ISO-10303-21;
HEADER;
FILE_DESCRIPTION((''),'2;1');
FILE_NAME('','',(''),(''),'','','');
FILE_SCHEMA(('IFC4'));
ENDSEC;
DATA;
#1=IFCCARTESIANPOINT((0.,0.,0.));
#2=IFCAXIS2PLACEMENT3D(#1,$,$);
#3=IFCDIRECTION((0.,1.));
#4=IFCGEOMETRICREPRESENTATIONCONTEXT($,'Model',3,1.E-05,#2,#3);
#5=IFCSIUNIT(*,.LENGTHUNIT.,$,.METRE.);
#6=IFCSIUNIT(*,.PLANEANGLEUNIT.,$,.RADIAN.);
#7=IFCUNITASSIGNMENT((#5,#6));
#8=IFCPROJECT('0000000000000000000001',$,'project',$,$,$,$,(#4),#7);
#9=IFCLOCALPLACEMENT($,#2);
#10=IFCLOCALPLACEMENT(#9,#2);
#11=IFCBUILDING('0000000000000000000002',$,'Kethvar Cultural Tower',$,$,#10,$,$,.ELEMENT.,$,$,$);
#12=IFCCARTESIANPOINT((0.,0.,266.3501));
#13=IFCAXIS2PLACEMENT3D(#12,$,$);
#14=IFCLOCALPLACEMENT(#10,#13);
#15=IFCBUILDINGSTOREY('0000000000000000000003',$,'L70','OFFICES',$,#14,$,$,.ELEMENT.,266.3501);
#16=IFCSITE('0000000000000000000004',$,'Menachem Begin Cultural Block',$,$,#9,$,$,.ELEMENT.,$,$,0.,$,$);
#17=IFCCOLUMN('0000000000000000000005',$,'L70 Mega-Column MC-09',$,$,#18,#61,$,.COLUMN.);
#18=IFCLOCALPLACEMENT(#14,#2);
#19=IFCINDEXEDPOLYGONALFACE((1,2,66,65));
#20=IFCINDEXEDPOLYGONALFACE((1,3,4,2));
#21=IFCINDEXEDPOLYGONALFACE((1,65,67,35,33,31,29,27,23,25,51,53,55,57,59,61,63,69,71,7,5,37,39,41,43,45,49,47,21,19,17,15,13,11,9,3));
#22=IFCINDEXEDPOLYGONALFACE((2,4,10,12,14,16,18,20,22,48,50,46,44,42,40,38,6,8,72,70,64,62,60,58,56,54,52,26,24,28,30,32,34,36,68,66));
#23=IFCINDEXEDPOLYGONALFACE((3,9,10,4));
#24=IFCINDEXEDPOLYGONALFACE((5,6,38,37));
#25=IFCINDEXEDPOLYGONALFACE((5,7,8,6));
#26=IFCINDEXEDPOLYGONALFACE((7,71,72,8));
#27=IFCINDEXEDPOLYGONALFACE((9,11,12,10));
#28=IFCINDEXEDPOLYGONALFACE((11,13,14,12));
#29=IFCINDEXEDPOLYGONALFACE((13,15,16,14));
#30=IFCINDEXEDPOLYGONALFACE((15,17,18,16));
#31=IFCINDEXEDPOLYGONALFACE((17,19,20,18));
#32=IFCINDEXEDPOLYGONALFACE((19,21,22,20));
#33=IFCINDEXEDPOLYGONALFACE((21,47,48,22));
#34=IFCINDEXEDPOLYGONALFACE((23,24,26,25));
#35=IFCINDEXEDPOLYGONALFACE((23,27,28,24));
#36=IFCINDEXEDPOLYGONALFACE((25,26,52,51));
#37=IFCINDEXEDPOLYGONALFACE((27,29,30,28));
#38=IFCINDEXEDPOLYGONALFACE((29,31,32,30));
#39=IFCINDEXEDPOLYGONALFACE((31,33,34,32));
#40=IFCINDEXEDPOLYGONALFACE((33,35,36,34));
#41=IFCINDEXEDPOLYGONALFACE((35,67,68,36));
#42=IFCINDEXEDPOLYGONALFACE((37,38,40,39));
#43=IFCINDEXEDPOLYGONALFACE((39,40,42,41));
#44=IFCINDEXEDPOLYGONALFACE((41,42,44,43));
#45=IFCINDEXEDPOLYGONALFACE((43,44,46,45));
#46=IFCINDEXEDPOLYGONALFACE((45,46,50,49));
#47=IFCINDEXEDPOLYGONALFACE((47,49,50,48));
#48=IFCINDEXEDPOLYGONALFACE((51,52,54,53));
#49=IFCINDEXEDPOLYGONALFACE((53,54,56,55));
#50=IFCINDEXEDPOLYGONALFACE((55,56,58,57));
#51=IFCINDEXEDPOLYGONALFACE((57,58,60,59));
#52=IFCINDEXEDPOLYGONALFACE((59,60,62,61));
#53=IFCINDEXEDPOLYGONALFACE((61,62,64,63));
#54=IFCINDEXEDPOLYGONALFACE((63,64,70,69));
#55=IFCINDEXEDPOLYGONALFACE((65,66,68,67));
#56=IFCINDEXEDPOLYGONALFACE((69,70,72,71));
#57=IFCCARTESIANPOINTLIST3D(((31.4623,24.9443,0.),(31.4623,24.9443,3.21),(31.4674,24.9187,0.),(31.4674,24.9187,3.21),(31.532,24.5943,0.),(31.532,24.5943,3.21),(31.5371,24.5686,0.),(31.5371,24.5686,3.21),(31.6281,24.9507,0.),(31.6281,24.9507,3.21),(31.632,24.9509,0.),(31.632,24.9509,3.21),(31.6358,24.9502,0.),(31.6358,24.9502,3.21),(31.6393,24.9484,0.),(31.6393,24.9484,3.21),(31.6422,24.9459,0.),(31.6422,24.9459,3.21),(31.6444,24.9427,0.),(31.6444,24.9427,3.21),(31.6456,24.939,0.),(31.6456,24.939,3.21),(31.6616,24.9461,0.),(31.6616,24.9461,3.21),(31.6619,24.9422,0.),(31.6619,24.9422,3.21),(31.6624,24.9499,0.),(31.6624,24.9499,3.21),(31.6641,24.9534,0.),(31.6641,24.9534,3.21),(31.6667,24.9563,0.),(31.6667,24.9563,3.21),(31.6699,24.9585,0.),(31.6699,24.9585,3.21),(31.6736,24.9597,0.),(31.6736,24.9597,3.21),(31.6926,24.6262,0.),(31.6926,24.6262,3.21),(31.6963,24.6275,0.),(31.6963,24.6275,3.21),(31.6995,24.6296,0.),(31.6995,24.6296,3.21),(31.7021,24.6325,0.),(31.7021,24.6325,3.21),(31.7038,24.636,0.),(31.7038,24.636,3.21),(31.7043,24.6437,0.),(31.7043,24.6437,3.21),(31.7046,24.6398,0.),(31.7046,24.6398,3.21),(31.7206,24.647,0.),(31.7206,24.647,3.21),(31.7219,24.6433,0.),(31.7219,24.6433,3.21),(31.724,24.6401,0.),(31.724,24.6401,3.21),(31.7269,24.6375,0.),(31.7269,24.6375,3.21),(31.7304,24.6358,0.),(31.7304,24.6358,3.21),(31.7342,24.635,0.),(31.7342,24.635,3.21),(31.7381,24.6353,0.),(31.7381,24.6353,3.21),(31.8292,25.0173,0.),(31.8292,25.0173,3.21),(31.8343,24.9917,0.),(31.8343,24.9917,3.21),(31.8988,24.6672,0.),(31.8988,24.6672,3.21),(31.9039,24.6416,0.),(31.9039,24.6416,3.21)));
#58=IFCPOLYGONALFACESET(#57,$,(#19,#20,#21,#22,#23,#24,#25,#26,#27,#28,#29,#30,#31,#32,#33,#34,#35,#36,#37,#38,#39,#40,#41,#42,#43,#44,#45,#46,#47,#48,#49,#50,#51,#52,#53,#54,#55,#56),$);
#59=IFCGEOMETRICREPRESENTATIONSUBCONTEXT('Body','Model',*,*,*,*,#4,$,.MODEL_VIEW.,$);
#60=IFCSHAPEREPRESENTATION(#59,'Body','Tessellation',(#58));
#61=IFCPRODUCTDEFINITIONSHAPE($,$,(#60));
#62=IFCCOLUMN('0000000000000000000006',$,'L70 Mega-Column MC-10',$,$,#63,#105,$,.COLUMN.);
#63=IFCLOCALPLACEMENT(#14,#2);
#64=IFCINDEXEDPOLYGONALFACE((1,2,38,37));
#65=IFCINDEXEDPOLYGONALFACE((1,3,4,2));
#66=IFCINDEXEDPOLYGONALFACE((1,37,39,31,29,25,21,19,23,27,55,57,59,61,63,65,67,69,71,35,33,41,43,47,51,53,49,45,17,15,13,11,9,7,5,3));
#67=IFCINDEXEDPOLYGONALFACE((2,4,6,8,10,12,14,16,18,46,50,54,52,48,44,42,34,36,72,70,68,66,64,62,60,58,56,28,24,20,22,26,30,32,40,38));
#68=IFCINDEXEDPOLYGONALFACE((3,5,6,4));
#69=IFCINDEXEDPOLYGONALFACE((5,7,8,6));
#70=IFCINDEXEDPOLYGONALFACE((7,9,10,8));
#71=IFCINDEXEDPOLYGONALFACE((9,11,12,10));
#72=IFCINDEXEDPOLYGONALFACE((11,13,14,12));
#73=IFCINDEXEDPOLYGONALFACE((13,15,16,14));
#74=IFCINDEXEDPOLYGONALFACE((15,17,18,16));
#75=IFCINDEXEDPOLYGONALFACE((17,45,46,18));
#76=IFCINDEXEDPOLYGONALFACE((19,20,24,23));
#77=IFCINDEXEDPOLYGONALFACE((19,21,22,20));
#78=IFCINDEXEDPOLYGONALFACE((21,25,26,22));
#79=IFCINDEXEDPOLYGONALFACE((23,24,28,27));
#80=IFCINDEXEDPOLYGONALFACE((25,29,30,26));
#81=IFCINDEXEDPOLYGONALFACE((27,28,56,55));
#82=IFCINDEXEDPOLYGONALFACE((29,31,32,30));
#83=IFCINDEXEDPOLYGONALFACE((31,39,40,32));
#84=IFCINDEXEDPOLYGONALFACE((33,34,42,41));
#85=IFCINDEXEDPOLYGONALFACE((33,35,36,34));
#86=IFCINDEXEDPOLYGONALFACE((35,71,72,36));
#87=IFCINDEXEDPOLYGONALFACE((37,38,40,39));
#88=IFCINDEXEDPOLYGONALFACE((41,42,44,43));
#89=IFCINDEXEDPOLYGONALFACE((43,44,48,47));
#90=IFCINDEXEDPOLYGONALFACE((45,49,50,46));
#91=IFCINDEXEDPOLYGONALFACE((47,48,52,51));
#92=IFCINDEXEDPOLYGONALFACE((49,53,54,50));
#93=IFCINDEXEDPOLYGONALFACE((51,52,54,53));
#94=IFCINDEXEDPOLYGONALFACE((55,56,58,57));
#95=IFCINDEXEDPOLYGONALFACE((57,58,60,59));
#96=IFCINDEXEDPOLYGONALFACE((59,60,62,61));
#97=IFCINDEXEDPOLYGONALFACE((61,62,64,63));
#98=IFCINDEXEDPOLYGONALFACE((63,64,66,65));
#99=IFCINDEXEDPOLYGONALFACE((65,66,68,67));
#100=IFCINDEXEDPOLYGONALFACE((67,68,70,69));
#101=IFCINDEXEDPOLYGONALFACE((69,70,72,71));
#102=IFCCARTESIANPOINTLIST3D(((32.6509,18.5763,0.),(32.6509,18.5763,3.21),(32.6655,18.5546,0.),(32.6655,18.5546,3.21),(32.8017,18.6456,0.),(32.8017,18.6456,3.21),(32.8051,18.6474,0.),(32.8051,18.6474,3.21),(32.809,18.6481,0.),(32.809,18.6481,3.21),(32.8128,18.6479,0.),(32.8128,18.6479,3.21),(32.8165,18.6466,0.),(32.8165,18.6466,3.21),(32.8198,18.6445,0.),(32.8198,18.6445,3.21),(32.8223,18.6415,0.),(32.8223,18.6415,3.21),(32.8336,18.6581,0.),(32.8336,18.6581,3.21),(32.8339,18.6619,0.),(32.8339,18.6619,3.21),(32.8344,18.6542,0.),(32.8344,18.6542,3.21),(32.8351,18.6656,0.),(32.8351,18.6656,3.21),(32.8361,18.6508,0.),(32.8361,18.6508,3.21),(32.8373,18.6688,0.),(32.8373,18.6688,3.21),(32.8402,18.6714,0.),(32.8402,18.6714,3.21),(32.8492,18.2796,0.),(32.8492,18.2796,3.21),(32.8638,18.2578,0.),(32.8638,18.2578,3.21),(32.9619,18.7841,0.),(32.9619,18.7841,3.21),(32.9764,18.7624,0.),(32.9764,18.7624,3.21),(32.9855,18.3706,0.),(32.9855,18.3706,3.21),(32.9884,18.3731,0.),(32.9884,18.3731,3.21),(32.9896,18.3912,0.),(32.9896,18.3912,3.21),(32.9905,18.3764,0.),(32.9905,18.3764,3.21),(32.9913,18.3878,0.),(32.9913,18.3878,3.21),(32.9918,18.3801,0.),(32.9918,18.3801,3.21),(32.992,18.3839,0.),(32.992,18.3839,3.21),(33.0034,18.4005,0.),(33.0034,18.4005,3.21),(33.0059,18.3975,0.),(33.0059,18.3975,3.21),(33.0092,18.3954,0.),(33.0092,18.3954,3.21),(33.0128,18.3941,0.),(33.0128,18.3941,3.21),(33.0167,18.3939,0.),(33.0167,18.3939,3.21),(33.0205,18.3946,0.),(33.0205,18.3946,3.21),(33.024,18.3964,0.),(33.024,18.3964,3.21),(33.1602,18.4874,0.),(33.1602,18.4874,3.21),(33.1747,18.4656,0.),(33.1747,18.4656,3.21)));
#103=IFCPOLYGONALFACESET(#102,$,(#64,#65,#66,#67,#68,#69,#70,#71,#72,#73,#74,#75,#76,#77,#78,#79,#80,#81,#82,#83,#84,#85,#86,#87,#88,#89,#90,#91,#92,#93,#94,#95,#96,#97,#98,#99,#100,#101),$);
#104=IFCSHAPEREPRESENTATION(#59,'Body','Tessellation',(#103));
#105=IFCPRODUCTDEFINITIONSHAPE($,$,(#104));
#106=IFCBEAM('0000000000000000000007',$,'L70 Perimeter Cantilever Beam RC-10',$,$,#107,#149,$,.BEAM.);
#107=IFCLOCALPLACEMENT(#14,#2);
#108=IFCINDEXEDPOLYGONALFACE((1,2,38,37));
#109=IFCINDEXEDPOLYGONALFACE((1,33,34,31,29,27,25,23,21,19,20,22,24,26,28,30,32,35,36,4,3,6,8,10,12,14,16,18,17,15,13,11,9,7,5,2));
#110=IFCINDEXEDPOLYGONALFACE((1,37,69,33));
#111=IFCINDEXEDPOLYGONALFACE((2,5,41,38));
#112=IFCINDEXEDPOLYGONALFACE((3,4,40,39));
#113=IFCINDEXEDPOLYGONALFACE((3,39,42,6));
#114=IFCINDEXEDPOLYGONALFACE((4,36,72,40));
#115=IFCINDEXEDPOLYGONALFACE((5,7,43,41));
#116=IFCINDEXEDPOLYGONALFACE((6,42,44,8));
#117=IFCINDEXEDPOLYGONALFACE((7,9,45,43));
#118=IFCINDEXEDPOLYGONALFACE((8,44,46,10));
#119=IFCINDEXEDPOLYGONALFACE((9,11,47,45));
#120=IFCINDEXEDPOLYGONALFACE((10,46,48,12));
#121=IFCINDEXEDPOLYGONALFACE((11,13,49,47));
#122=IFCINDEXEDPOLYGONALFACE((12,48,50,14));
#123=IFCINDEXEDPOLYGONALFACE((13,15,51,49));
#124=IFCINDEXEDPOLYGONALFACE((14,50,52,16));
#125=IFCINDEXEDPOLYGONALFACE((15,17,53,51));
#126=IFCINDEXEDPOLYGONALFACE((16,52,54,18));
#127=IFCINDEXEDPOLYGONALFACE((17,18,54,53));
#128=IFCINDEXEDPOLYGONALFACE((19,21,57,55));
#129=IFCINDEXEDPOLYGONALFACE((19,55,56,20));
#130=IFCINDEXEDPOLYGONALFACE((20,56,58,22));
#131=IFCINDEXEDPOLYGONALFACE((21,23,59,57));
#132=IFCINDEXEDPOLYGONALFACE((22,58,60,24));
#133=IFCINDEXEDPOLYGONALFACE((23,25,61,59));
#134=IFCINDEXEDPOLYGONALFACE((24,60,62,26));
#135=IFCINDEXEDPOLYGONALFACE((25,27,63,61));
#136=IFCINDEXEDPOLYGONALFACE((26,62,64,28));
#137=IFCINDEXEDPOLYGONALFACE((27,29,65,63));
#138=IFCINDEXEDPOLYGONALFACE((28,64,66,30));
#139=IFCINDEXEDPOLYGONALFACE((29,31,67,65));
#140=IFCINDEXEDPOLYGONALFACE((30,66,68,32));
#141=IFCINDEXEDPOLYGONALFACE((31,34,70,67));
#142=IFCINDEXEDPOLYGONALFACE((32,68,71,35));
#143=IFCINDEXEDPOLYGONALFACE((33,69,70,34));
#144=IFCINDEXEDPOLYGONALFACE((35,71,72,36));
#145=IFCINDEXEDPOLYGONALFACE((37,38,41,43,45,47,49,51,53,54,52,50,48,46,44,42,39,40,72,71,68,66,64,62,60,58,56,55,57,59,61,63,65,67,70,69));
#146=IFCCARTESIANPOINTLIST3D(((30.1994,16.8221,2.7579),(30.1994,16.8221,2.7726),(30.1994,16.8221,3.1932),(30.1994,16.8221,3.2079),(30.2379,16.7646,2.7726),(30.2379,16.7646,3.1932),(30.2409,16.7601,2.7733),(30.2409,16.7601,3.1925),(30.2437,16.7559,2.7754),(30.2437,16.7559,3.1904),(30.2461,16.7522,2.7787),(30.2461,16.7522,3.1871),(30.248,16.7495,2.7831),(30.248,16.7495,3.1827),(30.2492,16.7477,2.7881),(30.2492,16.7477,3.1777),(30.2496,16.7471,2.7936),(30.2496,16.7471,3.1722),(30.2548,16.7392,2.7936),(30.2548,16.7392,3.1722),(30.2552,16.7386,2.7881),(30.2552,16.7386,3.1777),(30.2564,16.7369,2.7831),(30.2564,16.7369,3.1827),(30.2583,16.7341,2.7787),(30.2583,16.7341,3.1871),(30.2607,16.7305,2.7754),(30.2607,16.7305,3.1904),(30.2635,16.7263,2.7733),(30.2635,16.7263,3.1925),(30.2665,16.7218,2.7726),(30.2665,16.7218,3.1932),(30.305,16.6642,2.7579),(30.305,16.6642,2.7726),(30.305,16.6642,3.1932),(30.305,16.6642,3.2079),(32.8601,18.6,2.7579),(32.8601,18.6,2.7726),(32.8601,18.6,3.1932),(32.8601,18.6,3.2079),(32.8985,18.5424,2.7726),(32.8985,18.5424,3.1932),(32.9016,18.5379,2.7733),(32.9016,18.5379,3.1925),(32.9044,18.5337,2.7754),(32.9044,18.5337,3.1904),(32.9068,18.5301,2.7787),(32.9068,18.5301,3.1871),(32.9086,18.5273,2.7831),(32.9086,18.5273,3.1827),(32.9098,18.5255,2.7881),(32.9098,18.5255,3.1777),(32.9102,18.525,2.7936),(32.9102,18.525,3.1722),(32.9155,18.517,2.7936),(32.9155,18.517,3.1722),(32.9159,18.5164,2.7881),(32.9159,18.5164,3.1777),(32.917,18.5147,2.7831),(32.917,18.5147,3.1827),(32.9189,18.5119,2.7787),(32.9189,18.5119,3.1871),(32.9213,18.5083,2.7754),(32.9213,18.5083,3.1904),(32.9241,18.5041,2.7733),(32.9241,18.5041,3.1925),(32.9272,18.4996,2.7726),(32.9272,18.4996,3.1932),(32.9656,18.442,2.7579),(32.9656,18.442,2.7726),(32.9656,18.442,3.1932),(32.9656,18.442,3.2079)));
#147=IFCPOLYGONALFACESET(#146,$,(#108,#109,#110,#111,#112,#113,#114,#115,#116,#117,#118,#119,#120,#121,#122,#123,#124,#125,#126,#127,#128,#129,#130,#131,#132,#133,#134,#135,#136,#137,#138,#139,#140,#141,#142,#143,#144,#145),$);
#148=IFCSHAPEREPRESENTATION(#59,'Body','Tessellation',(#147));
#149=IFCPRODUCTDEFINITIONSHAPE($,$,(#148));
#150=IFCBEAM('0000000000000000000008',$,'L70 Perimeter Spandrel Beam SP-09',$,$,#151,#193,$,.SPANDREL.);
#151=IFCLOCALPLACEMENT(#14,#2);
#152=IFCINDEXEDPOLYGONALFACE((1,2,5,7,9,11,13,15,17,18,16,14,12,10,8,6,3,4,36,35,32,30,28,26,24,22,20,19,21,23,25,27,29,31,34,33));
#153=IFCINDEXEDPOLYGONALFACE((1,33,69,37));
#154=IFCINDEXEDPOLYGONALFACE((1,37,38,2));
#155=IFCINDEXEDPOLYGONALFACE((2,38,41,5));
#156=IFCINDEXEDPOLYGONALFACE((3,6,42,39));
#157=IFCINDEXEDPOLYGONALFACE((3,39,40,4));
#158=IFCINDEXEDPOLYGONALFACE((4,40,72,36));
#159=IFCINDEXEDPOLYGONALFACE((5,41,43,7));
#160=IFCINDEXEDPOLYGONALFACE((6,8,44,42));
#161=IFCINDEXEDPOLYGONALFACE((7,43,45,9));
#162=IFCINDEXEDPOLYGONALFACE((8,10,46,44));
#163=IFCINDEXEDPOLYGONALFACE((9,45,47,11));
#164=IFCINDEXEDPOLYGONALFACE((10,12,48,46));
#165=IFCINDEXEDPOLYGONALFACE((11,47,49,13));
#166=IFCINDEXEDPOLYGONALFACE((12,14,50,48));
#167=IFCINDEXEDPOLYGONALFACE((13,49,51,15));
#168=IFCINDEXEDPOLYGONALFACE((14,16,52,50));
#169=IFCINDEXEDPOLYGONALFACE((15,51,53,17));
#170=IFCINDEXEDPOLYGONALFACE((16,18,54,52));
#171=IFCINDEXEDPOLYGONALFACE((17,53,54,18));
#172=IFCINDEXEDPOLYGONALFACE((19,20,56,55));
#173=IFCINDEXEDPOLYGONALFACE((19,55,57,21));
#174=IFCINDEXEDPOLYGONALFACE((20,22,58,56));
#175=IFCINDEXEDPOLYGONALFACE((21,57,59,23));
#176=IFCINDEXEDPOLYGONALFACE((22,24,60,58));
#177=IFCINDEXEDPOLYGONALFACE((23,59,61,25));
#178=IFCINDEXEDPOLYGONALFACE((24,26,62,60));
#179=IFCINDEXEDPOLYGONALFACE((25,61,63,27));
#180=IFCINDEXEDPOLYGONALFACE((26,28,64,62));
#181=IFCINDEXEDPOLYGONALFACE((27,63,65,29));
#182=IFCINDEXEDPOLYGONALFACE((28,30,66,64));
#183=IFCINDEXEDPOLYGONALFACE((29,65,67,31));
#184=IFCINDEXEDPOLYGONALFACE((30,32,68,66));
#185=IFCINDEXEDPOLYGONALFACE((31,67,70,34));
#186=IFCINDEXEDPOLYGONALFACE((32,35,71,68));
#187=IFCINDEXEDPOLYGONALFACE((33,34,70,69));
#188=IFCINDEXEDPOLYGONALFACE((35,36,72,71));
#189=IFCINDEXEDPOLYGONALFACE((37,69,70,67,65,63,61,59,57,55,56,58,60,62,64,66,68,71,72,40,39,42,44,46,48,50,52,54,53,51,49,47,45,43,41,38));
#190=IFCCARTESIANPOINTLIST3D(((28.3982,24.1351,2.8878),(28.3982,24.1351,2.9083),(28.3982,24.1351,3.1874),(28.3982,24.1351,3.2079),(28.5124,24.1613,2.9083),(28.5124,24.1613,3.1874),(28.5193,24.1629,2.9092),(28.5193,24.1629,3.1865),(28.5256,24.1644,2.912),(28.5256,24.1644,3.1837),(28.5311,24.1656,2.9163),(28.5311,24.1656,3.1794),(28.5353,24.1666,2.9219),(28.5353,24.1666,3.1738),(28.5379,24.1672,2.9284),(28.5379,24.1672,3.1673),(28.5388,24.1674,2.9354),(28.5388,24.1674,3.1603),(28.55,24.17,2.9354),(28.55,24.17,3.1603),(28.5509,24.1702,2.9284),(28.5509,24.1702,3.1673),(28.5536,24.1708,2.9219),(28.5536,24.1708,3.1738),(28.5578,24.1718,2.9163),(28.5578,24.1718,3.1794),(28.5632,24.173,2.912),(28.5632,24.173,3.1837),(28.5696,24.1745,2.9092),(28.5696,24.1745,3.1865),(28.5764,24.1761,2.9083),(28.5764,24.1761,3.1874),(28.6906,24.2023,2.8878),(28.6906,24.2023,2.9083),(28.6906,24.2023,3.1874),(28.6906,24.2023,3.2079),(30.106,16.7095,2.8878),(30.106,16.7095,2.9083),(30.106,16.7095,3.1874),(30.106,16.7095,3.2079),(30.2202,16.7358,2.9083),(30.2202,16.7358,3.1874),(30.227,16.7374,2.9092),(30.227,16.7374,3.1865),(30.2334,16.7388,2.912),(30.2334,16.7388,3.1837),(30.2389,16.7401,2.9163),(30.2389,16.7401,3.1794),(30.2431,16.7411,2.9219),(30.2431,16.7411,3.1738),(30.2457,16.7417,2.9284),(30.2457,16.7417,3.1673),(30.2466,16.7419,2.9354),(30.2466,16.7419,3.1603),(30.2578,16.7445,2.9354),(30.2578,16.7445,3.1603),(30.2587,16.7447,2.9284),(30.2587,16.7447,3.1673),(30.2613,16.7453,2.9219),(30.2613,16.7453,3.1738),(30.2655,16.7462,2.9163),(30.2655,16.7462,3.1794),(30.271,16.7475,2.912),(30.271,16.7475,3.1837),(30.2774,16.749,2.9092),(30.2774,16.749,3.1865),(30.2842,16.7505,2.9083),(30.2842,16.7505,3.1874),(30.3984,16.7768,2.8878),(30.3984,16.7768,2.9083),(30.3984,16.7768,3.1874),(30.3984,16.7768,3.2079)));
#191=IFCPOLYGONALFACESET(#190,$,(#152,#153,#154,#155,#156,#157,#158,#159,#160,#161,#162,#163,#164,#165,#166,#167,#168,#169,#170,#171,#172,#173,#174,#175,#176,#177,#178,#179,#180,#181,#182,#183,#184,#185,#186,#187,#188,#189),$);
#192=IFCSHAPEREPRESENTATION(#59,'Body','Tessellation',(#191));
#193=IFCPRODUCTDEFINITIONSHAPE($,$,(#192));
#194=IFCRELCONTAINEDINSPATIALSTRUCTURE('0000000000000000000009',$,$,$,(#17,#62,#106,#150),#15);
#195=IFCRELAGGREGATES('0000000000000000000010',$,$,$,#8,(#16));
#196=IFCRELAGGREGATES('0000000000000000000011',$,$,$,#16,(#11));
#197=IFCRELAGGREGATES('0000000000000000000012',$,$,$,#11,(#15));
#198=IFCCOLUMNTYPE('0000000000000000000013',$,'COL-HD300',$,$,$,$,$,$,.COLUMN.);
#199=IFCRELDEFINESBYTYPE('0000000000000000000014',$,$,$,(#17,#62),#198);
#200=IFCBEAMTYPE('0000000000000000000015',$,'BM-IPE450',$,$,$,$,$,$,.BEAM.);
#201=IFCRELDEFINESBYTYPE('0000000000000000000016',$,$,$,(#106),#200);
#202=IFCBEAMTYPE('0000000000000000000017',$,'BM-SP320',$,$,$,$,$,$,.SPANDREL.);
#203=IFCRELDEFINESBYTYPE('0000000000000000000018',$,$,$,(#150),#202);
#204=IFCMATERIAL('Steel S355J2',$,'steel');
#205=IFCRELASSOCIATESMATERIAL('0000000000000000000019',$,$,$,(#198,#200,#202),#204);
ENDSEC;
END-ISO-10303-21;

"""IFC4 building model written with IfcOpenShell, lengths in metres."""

from ifc_helpers import new_model, si_unit, direction, frame, origin, origin_2d, place, context, subcontext, project, spatial, i_section, extrude, source, transform, mapped, material, material_profile, profile_set, type_object, element, save


model = new_model("IFC4")

# Units and contexts
model_context = context("Model", 3, precision=1e-05, world=origin(), true_north=direction((0.0, 1.0)))
body_context = subcontext(model_context, "Body", "Model", "MODEL_VIEW")
ifc_project = project(units=[si_unit("LENGTHUNIT", "METRE"), si_unit("PLANEANGLEUNIT", "RADIAN")], contexts=[model_context])

# Site, building, storey
site_placement = place(None, origin())
site = spatial("IfcSite", under=ifc_project, at=site_placement, Name="Menachem Begin Cultural Block", CompositionType="ELEMENT", RefElevation=0.0)
building_placement = place(site_placement, origin())
building = spatial("IfcBuilding", under=site, at=building_placement, Name="Kethvar Cultural Tower", CompositionType="ELEMENT")
storey_placement = place(building_placement, frame((0.0, 0.0, 266.3501)))
storey = spatial("IfcBuildingStorey", under=building, at=storey_placement, Name="L70", Description="OFFICES", CompositionType="ELEMENT", Elevation=266.3501)

# Columns
ifc_material_1 = material(Name="Steel S355J2", Category="steel")
ifc_material_profile_1 = material_profile(ifc_material_1, i_section(OverallWidth=0.374, OverallDepth=0.3831, WebThickness=0.0166, FlangeThickness=0.0261, FilletRadius=0.0149, at=origin_2d()), Name="Steel S355J2 — HD360x300")
ifc_profile_set_1 = profile_set([ifc_material_profile_1], Name="Steel S355J2 — HD360x300")
column_type = type_object("IfcColumnType", Name="COL-HD300", PredefinedType="COLUMN", material=ifc_profile_set_1)
shared_shape_1 = source(origin(), body_context, "Body", "SweptSolid", [
    extrude(i_section(OverallWidth=0.374, OverallDepth=0.3831, WebThickness=0.0166, FlangeThickness=0.0261, FilletRadius=0.0149, at=origin_2d()), origin(), (0.0, 0.0, 1.0), 3.21),
])
for number, where, z_axis, x_axis, name in (
    (1, (31.6831, 24.793, 0.0), (0.0, 0.0, 1.0), (-0.980785, -0.19509, 0.0), "L70 Mega-Column MC-09"),
    (2, (32.9128, 18.521, 0.0), (0.0, 0.0, 1.0), (-0.83147, -0.55557, 0.0), "L70 Mega-Column MC-10"),
):
    element("IfcColumn", number, at=place(storey_placement, frame(where, z_axis=z_axis, x_axis=x_axis)), inside=storey, type_object=column_type, Name=name, PredefinedType="COLUMN", context=body_context, shape_type="MappedRepresentation", body=[
        mapped(shared_shape_1, transform((0.0, 0.0, 0.0), scale=1.0)),
    ])

# Beams
ifc_material_profile_2 = material_profile(ifc_material_1, i_section(OverallWidth=0.1899, OverallDepth=0.45, WebThickness=0.0095, FlangeThickness=0.0146, FilletRadius=0.021, at=origin_2d()), Name="Steel S355J2 — IPE450")
ifc_profile_set_2 = profile_set([ifc_material_profile_2], Name="Steel S355J2 — IPE450")
beam_type_1 = type_object("IfcBeamType", Name="BM-IPE450", PredefinedType="BEAM", material=ifc_profile_set_2)
shared_shape_2 = source(origin(), body_context, "Body", "SweptSolid", [
    extrude(i_section(OverallWidth=0.1899, OverallDepth=0.45, WebThickness=0.0095, FlangeThickness=0.0146, FilletRadius=0.021, at=origin_2d()), origin(), (0.0, 0.0, 1.0), 3.2),
])
beam_1_placement = place(storey_placement, frame((32.9128, 18.521, 2.9829), z_axis=(-0.831463, -0.55558, 0.0), x_axis=(0.55558, -0.831463, 0.0)))
element("IfcBeam", 3, at=beam_1_placement, inside=storey, type_object=beam_type_1, Name="L70 Perimeter Cantilever Beam RC-10", PredefinedType="BEAM", context=body_context, shape_type="MappedRepresentation", body=[
    mapped(shared_shape_2, transform((0.0, 0.0, 0.0), scale=1.0)),
])
ifc_material_profile_3 = material_profile(ifc_material_1, i_section(OverallWidth=0.3, OverallDepth=0.3201, WebThickness=0.0115, FlangeThickness=0.0205, FilletRadius=0.0271, at=origin_2d()), Name="Steel S355J2 — HEB320")
ifc_profile_set_3 = profile_set([ifc_material_profile_3], Name="Steel S355J2 — HEB320")
beam_type_2 = type_object("IfcBeamType", Name="BM-SP320", PredefinedType="SPANDREL", material=ifc_profile_set_3)
shared_shape_3 = source(origin(), body_context, "Body", "SweptSolid", [
    extrude(i_section(OverallWidth=0.3, OverallDepth=0.3201, WebThickness=0.0115, FlangeThickness=0.0205, FilletRadius=0.0271, at=origin_2d()), origin(), (0.0, 0.0, 1.0), 7.6194),
])
beam_2_placement = place(storey_placement, frame((28.5444, 24.1687, 3.0479), z_axis=(0.224134, -0.974558, 0.0), x_axis=(0.974558, 0.224134, 0.0)))
element("IfcBeam", 4, at=beam_2_placement, inside=storey, type_object=beam_type_2, Name="L70 Perimeter Spandrel Beam SP-09", PredefinedType="SPANDREL", context=body_context, shape_type="MappedRepresentation", body=[
    mapped(shared_shape_3, transform((0.0, 0.0, 0.0), scale=1.0)),
])

save(model, "model.ifc")
